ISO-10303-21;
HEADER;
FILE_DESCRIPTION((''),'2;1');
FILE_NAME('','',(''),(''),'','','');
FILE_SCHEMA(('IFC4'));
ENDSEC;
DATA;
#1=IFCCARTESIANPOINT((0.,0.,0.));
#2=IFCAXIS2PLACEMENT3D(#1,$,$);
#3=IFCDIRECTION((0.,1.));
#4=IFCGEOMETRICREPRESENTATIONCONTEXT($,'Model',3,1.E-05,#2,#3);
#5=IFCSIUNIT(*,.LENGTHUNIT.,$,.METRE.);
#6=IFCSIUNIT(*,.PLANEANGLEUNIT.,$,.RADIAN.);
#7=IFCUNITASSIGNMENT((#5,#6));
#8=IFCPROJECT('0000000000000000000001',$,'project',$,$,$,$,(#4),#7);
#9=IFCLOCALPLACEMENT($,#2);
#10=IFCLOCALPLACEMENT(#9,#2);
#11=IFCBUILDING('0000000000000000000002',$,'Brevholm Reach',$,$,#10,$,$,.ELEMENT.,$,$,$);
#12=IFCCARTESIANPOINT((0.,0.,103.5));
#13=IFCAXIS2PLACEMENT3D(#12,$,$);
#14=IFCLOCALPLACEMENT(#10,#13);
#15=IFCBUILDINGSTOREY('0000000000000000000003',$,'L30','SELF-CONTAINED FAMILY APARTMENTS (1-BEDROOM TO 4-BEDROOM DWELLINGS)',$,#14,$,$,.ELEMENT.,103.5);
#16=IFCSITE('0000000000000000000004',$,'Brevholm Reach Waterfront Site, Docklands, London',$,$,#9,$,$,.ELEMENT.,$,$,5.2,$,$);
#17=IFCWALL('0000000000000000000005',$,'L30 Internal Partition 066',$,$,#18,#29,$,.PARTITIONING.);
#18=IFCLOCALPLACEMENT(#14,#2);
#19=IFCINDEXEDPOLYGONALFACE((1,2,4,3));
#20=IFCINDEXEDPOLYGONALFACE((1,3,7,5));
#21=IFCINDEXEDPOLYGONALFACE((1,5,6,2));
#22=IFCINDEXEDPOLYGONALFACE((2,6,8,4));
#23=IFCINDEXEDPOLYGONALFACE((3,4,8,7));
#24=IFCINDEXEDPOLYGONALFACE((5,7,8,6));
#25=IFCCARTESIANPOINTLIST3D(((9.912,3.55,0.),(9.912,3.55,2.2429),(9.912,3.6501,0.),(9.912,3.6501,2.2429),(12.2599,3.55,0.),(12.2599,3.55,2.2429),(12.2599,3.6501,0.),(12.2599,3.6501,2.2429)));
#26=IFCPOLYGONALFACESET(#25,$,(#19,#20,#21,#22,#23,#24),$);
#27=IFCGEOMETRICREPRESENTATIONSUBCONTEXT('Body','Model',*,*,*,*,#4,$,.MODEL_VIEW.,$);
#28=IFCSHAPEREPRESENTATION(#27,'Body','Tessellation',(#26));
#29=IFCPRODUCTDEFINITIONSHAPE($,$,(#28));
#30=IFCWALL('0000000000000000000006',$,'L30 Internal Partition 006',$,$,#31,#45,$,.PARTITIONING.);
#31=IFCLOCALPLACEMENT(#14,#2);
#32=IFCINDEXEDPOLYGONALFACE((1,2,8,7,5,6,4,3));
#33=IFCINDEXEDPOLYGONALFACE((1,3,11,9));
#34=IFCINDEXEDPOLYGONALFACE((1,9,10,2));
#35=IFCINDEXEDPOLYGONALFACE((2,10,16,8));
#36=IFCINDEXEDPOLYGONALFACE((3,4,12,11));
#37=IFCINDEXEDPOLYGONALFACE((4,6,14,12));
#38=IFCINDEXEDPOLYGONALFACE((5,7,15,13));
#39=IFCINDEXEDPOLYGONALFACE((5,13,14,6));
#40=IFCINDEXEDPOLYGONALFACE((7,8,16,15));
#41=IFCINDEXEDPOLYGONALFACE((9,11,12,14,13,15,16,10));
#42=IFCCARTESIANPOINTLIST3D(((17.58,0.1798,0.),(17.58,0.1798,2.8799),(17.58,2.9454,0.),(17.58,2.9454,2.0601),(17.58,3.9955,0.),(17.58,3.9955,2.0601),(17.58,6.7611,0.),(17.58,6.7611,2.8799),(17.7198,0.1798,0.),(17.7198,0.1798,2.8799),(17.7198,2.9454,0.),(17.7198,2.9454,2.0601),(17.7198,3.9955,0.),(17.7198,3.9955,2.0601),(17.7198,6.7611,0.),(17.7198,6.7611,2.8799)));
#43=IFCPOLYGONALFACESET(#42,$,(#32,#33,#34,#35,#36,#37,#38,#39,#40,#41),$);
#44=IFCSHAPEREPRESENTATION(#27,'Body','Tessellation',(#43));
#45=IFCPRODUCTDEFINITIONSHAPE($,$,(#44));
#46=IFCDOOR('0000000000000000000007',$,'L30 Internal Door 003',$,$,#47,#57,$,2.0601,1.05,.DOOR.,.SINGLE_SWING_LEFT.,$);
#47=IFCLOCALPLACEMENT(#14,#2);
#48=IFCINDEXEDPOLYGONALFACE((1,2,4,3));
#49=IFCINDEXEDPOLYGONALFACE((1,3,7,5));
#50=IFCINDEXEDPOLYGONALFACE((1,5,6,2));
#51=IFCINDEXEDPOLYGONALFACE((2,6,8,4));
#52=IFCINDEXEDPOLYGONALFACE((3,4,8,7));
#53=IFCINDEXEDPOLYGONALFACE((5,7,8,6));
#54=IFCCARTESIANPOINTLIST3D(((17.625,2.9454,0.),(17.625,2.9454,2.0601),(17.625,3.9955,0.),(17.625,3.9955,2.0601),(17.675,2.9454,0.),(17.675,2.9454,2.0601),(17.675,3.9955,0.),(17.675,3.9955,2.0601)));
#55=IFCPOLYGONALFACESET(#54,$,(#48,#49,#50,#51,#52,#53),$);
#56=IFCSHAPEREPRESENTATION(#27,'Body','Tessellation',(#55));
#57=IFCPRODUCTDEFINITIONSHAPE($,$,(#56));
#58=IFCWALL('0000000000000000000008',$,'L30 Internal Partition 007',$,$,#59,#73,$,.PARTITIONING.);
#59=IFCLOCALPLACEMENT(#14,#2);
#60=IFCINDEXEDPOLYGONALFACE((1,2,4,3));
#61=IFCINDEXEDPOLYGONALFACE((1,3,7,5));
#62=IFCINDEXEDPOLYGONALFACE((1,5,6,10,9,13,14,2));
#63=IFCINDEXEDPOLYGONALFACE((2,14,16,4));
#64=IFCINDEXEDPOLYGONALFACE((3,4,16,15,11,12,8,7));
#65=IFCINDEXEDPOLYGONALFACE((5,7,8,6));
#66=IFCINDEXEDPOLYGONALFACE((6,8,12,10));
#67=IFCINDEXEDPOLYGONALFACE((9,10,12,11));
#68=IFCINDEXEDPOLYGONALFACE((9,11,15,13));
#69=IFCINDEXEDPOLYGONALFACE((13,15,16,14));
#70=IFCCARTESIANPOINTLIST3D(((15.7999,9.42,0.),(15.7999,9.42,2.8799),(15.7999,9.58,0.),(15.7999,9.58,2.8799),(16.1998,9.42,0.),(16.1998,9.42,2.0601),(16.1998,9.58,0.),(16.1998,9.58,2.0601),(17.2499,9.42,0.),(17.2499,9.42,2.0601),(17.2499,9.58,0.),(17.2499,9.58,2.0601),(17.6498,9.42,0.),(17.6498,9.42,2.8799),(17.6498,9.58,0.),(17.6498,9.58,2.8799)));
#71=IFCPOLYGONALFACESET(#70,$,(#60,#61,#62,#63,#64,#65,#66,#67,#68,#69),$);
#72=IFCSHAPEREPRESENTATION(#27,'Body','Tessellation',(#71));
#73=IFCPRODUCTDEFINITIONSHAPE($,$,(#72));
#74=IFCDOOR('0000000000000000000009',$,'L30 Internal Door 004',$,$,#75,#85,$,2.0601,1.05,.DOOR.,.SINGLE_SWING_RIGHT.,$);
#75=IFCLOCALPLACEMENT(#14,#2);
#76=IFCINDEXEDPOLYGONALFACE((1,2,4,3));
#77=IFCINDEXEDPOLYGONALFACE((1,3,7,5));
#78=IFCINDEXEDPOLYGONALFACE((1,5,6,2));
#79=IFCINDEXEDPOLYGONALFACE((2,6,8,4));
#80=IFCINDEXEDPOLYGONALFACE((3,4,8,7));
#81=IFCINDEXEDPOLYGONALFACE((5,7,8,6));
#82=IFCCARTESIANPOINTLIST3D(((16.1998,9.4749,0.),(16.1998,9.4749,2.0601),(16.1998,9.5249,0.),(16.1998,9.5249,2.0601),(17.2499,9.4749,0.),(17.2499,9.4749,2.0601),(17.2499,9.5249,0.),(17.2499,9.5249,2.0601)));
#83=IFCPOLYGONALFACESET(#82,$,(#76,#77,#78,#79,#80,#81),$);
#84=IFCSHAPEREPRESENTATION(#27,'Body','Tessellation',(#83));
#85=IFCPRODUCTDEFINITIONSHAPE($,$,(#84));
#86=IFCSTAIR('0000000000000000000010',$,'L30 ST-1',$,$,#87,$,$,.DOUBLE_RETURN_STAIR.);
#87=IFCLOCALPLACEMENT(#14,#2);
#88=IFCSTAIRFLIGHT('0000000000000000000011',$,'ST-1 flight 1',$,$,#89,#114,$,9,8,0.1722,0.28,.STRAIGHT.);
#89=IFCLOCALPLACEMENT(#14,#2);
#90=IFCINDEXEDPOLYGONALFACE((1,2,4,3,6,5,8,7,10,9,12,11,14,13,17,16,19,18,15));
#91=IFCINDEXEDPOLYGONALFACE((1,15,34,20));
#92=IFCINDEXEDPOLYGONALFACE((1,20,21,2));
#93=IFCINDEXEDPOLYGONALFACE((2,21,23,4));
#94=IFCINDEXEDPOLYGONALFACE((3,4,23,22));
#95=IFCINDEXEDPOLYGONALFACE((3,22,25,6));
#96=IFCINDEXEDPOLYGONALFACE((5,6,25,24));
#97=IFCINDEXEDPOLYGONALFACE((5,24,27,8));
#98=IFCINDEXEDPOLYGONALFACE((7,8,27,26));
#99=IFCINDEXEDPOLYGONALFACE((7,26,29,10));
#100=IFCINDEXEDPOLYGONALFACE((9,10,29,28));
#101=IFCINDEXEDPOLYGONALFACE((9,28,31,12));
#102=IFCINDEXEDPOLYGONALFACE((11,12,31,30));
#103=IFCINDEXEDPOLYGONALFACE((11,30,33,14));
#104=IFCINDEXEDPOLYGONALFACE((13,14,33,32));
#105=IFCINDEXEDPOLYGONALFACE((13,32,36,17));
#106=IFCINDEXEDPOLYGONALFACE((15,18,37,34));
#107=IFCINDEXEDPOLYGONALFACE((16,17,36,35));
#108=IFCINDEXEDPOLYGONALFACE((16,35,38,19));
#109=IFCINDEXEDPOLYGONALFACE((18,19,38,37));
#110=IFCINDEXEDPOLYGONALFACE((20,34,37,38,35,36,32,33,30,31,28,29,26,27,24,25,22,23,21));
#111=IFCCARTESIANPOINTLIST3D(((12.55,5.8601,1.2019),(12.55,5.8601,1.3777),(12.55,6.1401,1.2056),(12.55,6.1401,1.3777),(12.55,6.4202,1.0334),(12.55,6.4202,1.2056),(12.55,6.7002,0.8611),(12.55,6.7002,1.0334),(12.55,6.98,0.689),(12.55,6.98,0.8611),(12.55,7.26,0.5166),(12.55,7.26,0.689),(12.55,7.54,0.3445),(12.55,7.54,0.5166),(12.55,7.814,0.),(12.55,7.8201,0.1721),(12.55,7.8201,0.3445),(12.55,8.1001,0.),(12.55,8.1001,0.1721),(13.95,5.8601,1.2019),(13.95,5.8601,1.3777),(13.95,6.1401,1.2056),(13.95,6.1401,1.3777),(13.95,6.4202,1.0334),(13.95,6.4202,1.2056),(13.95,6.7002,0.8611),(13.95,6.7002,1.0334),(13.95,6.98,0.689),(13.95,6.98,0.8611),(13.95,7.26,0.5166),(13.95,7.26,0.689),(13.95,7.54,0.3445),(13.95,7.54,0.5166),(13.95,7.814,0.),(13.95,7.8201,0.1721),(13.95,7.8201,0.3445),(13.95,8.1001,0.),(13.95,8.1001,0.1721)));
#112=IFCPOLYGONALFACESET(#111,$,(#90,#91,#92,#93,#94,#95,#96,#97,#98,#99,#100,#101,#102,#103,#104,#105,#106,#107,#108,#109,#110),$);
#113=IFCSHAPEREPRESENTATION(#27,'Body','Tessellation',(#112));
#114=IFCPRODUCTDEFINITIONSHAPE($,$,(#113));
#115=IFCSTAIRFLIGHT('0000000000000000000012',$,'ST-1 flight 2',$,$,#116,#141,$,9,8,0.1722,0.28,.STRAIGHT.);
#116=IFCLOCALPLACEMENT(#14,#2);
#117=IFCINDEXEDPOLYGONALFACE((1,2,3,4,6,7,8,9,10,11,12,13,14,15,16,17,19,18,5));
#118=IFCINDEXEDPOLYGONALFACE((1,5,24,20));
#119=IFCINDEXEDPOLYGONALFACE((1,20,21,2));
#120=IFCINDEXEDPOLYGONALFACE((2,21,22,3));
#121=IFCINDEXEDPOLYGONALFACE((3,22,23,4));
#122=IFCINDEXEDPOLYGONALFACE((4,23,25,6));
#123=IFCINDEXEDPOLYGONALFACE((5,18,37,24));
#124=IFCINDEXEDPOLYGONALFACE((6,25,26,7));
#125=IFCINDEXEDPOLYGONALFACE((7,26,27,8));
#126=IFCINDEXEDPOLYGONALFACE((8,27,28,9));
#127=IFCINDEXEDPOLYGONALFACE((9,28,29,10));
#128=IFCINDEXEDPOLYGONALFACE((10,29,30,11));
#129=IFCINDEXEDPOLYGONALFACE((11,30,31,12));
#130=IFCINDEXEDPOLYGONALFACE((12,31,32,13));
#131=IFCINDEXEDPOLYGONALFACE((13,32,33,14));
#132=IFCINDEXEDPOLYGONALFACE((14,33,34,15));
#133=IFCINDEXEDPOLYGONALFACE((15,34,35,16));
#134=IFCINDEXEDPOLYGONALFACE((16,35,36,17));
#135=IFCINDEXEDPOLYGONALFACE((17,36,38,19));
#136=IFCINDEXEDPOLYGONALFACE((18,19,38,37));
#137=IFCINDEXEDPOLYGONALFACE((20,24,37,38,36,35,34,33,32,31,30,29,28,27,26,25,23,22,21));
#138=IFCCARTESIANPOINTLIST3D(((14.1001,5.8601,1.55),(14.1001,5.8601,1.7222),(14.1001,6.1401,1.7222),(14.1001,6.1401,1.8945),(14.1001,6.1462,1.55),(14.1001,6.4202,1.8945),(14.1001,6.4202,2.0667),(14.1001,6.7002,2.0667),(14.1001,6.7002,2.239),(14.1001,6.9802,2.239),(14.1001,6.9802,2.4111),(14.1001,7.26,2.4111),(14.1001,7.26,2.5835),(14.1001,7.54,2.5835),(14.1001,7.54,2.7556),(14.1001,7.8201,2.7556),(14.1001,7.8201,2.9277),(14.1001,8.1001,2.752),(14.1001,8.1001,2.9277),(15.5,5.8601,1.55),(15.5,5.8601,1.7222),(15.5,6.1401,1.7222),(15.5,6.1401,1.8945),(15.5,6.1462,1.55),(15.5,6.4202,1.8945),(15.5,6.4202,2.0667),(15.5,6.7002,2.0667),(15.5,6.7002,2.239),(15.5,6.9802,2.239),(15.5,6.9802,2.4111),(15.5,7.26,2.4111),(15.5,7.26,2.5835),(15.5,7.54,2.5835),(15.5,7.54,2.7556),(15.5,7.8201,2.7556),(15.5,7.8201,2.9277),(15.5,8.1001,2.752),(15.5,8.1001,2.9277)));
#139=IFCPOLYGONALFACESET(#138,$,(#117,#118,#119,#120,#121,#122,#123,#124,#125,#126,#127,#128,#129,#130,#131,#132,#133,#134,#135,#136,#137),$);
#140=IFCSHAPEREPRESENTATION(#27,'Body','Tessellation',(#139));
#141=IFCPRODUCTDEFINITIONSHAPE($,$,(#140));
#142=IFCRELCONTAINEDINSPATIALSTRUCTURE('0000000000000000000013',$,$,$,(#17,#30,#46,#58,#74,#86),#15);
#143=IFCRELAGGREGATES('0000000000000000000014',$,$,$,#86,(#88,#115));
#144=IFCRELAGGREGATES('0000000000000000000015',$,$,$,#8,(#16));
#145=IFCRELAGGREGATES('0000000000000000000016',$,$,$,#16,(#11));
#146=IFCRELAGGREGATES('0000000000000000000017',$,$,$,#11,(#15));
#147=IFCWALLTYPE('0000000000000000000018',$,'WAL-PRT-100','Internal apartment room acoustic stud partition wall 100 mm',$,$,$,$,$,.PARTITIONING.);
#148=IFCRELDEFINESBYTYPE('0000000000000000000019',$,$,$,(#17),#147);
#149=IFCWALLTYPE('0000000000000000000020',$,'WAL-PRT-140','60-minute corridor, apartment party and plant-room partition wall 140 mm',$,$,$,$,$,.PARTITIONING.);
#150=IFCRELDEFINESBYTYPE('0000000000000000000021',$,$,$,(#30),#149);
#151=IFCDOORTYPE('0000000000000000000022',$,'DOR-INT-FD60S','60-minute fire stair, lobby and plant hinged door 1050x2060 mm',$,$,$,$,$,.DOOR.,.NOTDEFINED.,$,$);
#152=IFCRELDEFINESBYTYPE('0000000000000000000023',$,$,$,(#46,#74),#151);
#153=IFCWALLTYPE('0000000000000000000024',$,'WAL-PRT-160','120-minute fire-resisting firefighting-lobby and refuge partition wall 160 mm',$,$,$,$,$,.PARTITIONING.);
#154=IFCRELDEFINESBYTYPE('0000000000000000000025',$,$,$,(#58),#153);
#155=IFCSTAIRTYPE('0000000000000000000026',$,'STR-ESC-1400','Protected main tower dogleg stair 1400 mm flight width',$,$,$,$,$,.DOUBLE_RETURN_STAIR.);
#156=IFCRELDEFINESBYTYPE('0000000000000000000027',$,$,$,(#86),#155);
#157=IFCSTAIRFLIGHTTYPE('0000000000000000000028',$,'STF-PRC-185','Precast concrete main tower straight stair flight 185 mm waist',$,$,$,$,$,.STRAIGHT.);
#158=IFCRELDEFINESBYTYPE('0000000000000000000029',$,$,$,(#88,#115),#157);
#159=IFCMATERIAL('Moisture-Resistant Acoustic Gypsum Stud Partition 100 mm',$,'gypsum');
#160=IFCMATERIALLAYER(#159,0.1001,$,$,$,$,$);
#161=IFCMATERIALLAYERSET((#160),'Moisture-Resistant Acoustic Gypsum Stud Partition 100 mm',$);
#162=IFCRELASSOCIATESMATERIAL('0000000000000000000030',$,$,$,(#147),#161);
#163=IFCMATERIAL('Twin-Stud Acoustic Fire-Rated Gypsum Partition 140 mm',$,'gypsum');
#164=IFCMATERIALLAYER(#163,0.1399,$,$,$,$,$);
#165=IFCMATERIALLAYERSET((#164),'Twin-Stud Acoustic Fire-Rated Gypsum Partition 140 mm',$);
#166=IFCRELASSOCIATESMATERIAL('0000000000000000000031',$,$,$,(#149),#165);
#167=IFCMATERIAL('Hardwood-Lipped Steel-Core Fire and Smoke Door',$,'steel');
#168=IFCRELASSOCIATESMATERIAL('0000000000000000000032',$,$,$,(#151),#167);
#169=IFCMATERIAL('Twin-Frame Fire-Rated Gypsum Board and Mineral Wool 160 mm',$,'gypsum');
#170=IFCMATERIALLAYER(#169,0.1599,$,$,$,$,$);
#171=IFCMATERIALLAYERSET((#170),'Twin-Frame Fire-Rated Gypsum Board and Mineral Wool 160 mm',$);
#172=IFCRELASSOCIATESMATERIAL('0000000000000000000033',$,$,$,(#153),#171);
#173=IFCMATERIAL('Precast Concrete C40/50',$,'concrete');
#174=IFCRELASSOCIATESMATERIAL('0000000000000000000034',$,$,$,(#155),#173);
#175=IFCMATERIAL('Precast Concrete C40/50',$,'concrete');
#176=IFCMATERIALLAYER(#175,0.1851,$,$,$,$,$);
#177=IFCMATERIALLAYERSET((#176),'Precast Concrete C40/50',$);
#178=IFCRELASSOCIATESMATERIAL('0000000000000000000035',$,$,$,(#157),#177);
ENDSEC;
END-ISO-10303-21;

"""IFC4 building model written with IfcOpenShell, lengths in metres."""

from ifc_helpers import new_model, si_unit, direction, frame, frame_2d, origin, place, context, subcontext, project, spatial, polyline, rectangle, outline, extrude, material, layer, layer_set, type_object, element, fill, aggregate, save


model = new_model("IFC4")

# Units and contexts
model_context = context("Model", 3, precision=1e-05, world=origin(), true_north=direction((0.0, 1.0)))
body_context = subcontext(model_context, "Body", "Model", "MODEL_VIEW")
ifc_project = project(units=[si_unit("LENGTHUNIT", "METRE"), si_unit("PLANEANGLEUNIT", "RADIAN")], contexts=[model_context])

# Site, building, storey
site_placement = place(None, origin())
site = spatial("IfcSite", under=ifc_project, at=site_placement, Name="Brevholm Reach Waterfront Site, Docklands, London", CompositionType="ELEMENT", RefElevation=5.2)
building_placement = place(site_placement, origin())
building = spatial("IfcBuilding", under=site, at=building_placement, Name="Brevholm Reach", CompositionType="ELEMENT")
storey_placement = place(building_placement, frame((0.0, 0.0, 103.5)))
storey = spatial("IfcBuildingStorey", under=building, at=storey_placement, Name="L30", Description="SELF-CONTAINED FAMILY APARTMENTS (1-BEDROOM TO 4-BEDROOM DWELLINGS)", CompositionType="ELEMENT", Elevation=103.5)

# Wall
ifc_material_1 = material(Name="Moisture-Resistant Acoustic Gypsum Stud Partition 100 mm", Category="gypsum")
ifc_layer_1 = layer(ifc_material_1, 0.1001)
ifc_layer_set_1 = layer_set([ifc_layer_1], Name="Moisture-Resistant Acoustic Gypsum Stud Partition 100 mm")
wall_type_1 = type_object("IfcWallType", Name="WAL-PRT-100", Description="Internal apartment room acoustic stud partition wall 100 mm", PredefinedType="PARTITIONING", material=ifc_layer_set_1)
wall_1_placement = place(storey_placement, frame((9.9121, 3.6001, 0.0), z_axis=(0.0, 0.0, 1.0), x_axis=(1.0, 0.0, 0.0)))
element("IfcWall", 1, at=wall_1_placement, inside=storey, type_object=wall_type_1, Name="L30 Internal Partition 066", PredefinedType="PARTITIONING", context=body_context, shape_type="SweptSolid", body=[
    extrude(rectangle(XDim=2.3479, YDim=0.1001, at=frame_2d((1.1738, 0.0))), origin(), (0.0, 0.0, 1.0), 2.2429),
])

# Walls, openings, doors
ifc_material_2 = material(Name="Twin-Stud Acoustic Fire-Rated Gypsum Partition 140 mm", Category="gypsum")
ifc_layer_2 = layer(ifc_material_2, 0.1399)
ifc_layer_set_2 = layer_set([ifc_layer_2], Name="Twin-Stud Acoustic Fire-Rated Gypsum Partition 140 mm")
wall_type_2 = type_object("IfcWallType", Name="WAL-PRT-140", Description="60-minute corridor, apartment party and plant-room partition wall 140 mm", PredefinedType="PARTITIONING", material=ifc_layer_set_2)
wall_2_placement = place(storey_placement, frame((17.6499, 0.1799, 0.0), z_axis=(0.0, 0.0, 1.0), x_axis=(0.0, 1.0, 0.0)))
wall_2 = element("IfcWall", 2, at=wall_2_placement, inside=storey, type_object=wall_type_2, Name="L30 Internal Partition 006", PredefinedType="PARTITIONING", context=body_context, shape_type="SweptSolid", body=[
    extrude(rectangle(XDim=6.5813, YDim=0.1399, at=frame_2d((3.2905, 0.0))), origin(), (0.0, 0.0, 1.0), 2.8799),
])
opening_1_placement = place(wall_2_placement, frame((2.7656, 0.0, 0.0)))
opening_1 = element("IfcOpeningElement", 3, at=opening_1_placement, cuts=wall_2, PredefinedType="OPENING", context=body_context, shape_type="SweptSolid", body=[
    extrude(rectangle(XDim=1.05, YDim=2.0601, at=frame_2d((0.5249, 1.03))), frame((0.0, 0.0798, 0.0), z_axis=(0.0, -1.0, 0.0), x_axis=(1.0, 0.0, 0.0)), (0.0, 0.0, 1.0), 0.1599),
])
ifc_material_3 = material(Name="Hardwood-Lipped Steel-Core Fire and Smoke Door", Category="steel")
door_type = type_object("IfcDoorType", Name="DOR-INT-FD60S", Description="60-minute fire stair, lobby and plant hinged door 1050x2060 mm", OperationType="NOTDEFINED", PredefinedType="DOOR", material=ifc_material_3)
door_1_placement = place(opening_1_placement, origin())
door_1 = element("IfcDoor", 4, at=door_1_placement, inside=storey, type_object=door_type, Name="L30 Internal Door 003", OperationType="SINGLE_SWING_LEFT", OverallHeight=2.0601, OverallWidth=1.05, PredefinedType="DOOR", context=body_context, shape_type="SweptSolid", body=[
    extrude(rectangle(XDim=1.05, YDim=2.0601, at=frame_2d((0.5249, 1.03))), frame((0.0, 0.0249, 0.0), z_axis=(0.0, -1.0, 0.0), x_axis=(1.0, 0.0, 0.0)), (0.0, 0.0, 1.0), 0.05),
])
fill(opening_1, door_1)
ifc_material_4 = material(Name="Twin-Frame Fire-Rated Gypsum Board and Mineral Wool 160 mm", Category="gypsum")
ifc_layer_3 = layer(ifc_material_4, 0.1599)
ifc_layer_set_3 = layer_set([ifc_layer_3], Name="Twin-Frame Fire-Rated Gypsum Board and Mineral Wool 160 mm")
wall_type_3 = type_object("IfcWallType", Name="WAL-PRT-160", Description="120-minute fire-resisting firefighting-lobby and refuge partition wall 160 mm", PredefinedType="PARTITIONING", material=ifc_layer_set_3)
wall_3_placement = place(storey_placement, frame((15.8, 9.5, 0.0), z_axis=(0.0, 0.0, 1.0), x_axis=(1.0, 0.0, 0.0)))
wall_3 = element("IfcWall", 5, at=wall_3_placement, inside=storey, type_object=wall_type_3, Name="L30 Internal Partition 007", PredefinedType="PARTITIONING", context=body_context, shape_type="SweptSolid", body=[
    extrude(rectangle(XDim=1.8499, YDim=0.1599, at=frame_2d((0.9248, 0.0))), origin(), (0.0, 0.0, 1.0), 2.8799),
])
opening_2_placement = place(wall_3_placement, frame((0.3999, 0.0, 0.0)))
opening_2 = element("IfcOpeningElement", 6, at=opening_2_placement, cuts=wall_3, PredefinedType="OPENING", context=body_context, shape_type="SweptSolid", body=[
    extrude(rectangle(XDim=1.05, YDim=2.0601, at=frame_2d((0.5249, 1.03))), frame((0.0, 0.0898, 0.0), z_axis=(0.0, -1.0, 0.0), x_axis=(1.0, 0.0, 0.0)), (0.0, 0.0, 1.0), 0.1799),
])
door_2_placement = place(opening_2_placement, origin())
door_2 = element("IfcDoor", 7, at=door_2_placement, inside=storey, type_object=door_type, Name="L30 Internal Door 004", OperationType="SINGLE_SWING_RIGHT", OverallHeight=2.0601, OverallWidth=1.05, PredefinedType="DOOR", context=body_context, shape_type="SweptSolid", body=[
    extrude(rectangle(XDim=1.05, YDim=2.0601, at=frame_2d((0.5249, 1.03))), frame((0.0, 0.0249, 0.0), z_axis=(0.0, -1.0, 0.0), x_axis=(1.0, 0.0, 0.0)), (0.0, 0.0, 1.0), 0.05),
])
fill(opening_2, door_2)

# Stair, stair flights
ifc_material_5 = material(Name="Precast Concrete C40/50", Category="concrete")
stair_type = type_object("IfcStairType", Name="STR-ESC-1400", Description="Protected main tower dogleg stair 1400 mm flight width", PredefinedType="DOUBLE_RETURN_STAIR", material=ifc_material_5)
stair_placement = place(storey_placement, origin())
stair = element("IfcStair", 8, at=stair_placement, inside=storey, type_object=stair_type, Name="L30 ST-1", PredefinedType="DOUBLE_RETURN_STAIR")
ifc_material_6 = material(Name="Precast Concrete C40/50", Category="concrete")
ifc_layer_4 = layer(ifc_material_6, 0.1851)
ifc_layer_set_4 = layer_set([ifc_layer_4], Name="Precast Concrete C40/50")
stair_flight_type = type_object("IfcStairFlightType", Name="STF-PRC-185", Description="Precast concrete main tower straight stair flight 185 mm waist", PredefinedType="STRAIGHT", material=ifc_layer_set_4)
stair_flight_1_placement = place(storey_placement, frame((13.25, 8.1001, 0.0), z_axis=(0.0, 0.0, 1.0), x_axis=(0.0, -1.0, 0.0)))
stair_flight_1 = element("IfcStairFlight", 9, at=stair_flight_1_placement, type_object=stair_flight_type, Name="ST-1 flight 1", NumberOfRisers=9, NumberOfTreads=8, PredefinedType="STRAIGHT", RiserHeight=0.1722, TreadLength=0.28, context=body_context, shape_type="SweptSolid", body=[
    extrude(outline(polyline([(0.0, 0.0), (0.0, 0.1721), (0.28, 0.1721), (0.28, 0.3445), (0.5601, 0.3445), (0.5601, 0.5166), (0.8401, 0.5166), (0.8401, 0.689), (1.1201, 0.689), (1.1201, 0.8611), (1.3999, 0.8611), (1.3999, 1.0334), (1.6799, 1.0334), (1.6799, 1.2056), (1.96, 1.2056), (1.96, 1.3777), (2.24, 1.3777), (2.24, 1.55), (2.24, 1.2019), (0.2861, 0.0), (0.0, 0.0)])), frame((0.0, 0.7, 0.0), z_axis=(0.0, -1.0, 0.0), x_axis=(1.0, 0.0, 0.0)), (0.0, 0.0, 1.0), 1.3999),
])
stair_flight_2_placement = place(storey_placement, frame((14.8, 5.8601, 1.55), z_axis=(0.0, 0.0, 1.0), x_axis=(0.0, 1.0, 0.0)))
stair_flight_2 = element("IfcStairFlight", 10, at=stair_flight_2_placement, type_object=stair_flight_type, Name="ST-1 flight 2", NumberOfRisers=9, NumberOfTreads=8, PredefinedType="STRAIGHT", RiserHeight=0.1722, TreadLength=0.28, context=body_context, shape_type="SweptSolid", body=[
    extrude(outline(polyline([(0.0, 0.0), (0.0, 0.1721), (0.28, 0.1721), (0.28, 0.3445), (0.5601, 0.3445), (0.5601, 0.5166), (0.8401, 0.5166), (0.8401, 0.689), (1.1201, 0.689), (1.1201, 0.8611), (1.3999, 0.8611), (1.3999, 1.0334), (1.6799, 1.0334), (1.6799, 1.2056), (1.96, 1.2056), (1.96, 1.3777), (2.24, 1.3777), (2.24, 1.55), (2.24, 1.2019), (0.2861, 0.0), (0.0, 0.0)])), frame((0.0, 0.7, 0.0), z_axis=(0.0, -1.0, 0.0), x_axis=(1.0, 0.0, 0.0)), (0.0, 0.0, 1.0), 1.3999),
])
aggregate(stair, [stair_flight_1, stair_flight_2])

save(model, "model.ifc")
